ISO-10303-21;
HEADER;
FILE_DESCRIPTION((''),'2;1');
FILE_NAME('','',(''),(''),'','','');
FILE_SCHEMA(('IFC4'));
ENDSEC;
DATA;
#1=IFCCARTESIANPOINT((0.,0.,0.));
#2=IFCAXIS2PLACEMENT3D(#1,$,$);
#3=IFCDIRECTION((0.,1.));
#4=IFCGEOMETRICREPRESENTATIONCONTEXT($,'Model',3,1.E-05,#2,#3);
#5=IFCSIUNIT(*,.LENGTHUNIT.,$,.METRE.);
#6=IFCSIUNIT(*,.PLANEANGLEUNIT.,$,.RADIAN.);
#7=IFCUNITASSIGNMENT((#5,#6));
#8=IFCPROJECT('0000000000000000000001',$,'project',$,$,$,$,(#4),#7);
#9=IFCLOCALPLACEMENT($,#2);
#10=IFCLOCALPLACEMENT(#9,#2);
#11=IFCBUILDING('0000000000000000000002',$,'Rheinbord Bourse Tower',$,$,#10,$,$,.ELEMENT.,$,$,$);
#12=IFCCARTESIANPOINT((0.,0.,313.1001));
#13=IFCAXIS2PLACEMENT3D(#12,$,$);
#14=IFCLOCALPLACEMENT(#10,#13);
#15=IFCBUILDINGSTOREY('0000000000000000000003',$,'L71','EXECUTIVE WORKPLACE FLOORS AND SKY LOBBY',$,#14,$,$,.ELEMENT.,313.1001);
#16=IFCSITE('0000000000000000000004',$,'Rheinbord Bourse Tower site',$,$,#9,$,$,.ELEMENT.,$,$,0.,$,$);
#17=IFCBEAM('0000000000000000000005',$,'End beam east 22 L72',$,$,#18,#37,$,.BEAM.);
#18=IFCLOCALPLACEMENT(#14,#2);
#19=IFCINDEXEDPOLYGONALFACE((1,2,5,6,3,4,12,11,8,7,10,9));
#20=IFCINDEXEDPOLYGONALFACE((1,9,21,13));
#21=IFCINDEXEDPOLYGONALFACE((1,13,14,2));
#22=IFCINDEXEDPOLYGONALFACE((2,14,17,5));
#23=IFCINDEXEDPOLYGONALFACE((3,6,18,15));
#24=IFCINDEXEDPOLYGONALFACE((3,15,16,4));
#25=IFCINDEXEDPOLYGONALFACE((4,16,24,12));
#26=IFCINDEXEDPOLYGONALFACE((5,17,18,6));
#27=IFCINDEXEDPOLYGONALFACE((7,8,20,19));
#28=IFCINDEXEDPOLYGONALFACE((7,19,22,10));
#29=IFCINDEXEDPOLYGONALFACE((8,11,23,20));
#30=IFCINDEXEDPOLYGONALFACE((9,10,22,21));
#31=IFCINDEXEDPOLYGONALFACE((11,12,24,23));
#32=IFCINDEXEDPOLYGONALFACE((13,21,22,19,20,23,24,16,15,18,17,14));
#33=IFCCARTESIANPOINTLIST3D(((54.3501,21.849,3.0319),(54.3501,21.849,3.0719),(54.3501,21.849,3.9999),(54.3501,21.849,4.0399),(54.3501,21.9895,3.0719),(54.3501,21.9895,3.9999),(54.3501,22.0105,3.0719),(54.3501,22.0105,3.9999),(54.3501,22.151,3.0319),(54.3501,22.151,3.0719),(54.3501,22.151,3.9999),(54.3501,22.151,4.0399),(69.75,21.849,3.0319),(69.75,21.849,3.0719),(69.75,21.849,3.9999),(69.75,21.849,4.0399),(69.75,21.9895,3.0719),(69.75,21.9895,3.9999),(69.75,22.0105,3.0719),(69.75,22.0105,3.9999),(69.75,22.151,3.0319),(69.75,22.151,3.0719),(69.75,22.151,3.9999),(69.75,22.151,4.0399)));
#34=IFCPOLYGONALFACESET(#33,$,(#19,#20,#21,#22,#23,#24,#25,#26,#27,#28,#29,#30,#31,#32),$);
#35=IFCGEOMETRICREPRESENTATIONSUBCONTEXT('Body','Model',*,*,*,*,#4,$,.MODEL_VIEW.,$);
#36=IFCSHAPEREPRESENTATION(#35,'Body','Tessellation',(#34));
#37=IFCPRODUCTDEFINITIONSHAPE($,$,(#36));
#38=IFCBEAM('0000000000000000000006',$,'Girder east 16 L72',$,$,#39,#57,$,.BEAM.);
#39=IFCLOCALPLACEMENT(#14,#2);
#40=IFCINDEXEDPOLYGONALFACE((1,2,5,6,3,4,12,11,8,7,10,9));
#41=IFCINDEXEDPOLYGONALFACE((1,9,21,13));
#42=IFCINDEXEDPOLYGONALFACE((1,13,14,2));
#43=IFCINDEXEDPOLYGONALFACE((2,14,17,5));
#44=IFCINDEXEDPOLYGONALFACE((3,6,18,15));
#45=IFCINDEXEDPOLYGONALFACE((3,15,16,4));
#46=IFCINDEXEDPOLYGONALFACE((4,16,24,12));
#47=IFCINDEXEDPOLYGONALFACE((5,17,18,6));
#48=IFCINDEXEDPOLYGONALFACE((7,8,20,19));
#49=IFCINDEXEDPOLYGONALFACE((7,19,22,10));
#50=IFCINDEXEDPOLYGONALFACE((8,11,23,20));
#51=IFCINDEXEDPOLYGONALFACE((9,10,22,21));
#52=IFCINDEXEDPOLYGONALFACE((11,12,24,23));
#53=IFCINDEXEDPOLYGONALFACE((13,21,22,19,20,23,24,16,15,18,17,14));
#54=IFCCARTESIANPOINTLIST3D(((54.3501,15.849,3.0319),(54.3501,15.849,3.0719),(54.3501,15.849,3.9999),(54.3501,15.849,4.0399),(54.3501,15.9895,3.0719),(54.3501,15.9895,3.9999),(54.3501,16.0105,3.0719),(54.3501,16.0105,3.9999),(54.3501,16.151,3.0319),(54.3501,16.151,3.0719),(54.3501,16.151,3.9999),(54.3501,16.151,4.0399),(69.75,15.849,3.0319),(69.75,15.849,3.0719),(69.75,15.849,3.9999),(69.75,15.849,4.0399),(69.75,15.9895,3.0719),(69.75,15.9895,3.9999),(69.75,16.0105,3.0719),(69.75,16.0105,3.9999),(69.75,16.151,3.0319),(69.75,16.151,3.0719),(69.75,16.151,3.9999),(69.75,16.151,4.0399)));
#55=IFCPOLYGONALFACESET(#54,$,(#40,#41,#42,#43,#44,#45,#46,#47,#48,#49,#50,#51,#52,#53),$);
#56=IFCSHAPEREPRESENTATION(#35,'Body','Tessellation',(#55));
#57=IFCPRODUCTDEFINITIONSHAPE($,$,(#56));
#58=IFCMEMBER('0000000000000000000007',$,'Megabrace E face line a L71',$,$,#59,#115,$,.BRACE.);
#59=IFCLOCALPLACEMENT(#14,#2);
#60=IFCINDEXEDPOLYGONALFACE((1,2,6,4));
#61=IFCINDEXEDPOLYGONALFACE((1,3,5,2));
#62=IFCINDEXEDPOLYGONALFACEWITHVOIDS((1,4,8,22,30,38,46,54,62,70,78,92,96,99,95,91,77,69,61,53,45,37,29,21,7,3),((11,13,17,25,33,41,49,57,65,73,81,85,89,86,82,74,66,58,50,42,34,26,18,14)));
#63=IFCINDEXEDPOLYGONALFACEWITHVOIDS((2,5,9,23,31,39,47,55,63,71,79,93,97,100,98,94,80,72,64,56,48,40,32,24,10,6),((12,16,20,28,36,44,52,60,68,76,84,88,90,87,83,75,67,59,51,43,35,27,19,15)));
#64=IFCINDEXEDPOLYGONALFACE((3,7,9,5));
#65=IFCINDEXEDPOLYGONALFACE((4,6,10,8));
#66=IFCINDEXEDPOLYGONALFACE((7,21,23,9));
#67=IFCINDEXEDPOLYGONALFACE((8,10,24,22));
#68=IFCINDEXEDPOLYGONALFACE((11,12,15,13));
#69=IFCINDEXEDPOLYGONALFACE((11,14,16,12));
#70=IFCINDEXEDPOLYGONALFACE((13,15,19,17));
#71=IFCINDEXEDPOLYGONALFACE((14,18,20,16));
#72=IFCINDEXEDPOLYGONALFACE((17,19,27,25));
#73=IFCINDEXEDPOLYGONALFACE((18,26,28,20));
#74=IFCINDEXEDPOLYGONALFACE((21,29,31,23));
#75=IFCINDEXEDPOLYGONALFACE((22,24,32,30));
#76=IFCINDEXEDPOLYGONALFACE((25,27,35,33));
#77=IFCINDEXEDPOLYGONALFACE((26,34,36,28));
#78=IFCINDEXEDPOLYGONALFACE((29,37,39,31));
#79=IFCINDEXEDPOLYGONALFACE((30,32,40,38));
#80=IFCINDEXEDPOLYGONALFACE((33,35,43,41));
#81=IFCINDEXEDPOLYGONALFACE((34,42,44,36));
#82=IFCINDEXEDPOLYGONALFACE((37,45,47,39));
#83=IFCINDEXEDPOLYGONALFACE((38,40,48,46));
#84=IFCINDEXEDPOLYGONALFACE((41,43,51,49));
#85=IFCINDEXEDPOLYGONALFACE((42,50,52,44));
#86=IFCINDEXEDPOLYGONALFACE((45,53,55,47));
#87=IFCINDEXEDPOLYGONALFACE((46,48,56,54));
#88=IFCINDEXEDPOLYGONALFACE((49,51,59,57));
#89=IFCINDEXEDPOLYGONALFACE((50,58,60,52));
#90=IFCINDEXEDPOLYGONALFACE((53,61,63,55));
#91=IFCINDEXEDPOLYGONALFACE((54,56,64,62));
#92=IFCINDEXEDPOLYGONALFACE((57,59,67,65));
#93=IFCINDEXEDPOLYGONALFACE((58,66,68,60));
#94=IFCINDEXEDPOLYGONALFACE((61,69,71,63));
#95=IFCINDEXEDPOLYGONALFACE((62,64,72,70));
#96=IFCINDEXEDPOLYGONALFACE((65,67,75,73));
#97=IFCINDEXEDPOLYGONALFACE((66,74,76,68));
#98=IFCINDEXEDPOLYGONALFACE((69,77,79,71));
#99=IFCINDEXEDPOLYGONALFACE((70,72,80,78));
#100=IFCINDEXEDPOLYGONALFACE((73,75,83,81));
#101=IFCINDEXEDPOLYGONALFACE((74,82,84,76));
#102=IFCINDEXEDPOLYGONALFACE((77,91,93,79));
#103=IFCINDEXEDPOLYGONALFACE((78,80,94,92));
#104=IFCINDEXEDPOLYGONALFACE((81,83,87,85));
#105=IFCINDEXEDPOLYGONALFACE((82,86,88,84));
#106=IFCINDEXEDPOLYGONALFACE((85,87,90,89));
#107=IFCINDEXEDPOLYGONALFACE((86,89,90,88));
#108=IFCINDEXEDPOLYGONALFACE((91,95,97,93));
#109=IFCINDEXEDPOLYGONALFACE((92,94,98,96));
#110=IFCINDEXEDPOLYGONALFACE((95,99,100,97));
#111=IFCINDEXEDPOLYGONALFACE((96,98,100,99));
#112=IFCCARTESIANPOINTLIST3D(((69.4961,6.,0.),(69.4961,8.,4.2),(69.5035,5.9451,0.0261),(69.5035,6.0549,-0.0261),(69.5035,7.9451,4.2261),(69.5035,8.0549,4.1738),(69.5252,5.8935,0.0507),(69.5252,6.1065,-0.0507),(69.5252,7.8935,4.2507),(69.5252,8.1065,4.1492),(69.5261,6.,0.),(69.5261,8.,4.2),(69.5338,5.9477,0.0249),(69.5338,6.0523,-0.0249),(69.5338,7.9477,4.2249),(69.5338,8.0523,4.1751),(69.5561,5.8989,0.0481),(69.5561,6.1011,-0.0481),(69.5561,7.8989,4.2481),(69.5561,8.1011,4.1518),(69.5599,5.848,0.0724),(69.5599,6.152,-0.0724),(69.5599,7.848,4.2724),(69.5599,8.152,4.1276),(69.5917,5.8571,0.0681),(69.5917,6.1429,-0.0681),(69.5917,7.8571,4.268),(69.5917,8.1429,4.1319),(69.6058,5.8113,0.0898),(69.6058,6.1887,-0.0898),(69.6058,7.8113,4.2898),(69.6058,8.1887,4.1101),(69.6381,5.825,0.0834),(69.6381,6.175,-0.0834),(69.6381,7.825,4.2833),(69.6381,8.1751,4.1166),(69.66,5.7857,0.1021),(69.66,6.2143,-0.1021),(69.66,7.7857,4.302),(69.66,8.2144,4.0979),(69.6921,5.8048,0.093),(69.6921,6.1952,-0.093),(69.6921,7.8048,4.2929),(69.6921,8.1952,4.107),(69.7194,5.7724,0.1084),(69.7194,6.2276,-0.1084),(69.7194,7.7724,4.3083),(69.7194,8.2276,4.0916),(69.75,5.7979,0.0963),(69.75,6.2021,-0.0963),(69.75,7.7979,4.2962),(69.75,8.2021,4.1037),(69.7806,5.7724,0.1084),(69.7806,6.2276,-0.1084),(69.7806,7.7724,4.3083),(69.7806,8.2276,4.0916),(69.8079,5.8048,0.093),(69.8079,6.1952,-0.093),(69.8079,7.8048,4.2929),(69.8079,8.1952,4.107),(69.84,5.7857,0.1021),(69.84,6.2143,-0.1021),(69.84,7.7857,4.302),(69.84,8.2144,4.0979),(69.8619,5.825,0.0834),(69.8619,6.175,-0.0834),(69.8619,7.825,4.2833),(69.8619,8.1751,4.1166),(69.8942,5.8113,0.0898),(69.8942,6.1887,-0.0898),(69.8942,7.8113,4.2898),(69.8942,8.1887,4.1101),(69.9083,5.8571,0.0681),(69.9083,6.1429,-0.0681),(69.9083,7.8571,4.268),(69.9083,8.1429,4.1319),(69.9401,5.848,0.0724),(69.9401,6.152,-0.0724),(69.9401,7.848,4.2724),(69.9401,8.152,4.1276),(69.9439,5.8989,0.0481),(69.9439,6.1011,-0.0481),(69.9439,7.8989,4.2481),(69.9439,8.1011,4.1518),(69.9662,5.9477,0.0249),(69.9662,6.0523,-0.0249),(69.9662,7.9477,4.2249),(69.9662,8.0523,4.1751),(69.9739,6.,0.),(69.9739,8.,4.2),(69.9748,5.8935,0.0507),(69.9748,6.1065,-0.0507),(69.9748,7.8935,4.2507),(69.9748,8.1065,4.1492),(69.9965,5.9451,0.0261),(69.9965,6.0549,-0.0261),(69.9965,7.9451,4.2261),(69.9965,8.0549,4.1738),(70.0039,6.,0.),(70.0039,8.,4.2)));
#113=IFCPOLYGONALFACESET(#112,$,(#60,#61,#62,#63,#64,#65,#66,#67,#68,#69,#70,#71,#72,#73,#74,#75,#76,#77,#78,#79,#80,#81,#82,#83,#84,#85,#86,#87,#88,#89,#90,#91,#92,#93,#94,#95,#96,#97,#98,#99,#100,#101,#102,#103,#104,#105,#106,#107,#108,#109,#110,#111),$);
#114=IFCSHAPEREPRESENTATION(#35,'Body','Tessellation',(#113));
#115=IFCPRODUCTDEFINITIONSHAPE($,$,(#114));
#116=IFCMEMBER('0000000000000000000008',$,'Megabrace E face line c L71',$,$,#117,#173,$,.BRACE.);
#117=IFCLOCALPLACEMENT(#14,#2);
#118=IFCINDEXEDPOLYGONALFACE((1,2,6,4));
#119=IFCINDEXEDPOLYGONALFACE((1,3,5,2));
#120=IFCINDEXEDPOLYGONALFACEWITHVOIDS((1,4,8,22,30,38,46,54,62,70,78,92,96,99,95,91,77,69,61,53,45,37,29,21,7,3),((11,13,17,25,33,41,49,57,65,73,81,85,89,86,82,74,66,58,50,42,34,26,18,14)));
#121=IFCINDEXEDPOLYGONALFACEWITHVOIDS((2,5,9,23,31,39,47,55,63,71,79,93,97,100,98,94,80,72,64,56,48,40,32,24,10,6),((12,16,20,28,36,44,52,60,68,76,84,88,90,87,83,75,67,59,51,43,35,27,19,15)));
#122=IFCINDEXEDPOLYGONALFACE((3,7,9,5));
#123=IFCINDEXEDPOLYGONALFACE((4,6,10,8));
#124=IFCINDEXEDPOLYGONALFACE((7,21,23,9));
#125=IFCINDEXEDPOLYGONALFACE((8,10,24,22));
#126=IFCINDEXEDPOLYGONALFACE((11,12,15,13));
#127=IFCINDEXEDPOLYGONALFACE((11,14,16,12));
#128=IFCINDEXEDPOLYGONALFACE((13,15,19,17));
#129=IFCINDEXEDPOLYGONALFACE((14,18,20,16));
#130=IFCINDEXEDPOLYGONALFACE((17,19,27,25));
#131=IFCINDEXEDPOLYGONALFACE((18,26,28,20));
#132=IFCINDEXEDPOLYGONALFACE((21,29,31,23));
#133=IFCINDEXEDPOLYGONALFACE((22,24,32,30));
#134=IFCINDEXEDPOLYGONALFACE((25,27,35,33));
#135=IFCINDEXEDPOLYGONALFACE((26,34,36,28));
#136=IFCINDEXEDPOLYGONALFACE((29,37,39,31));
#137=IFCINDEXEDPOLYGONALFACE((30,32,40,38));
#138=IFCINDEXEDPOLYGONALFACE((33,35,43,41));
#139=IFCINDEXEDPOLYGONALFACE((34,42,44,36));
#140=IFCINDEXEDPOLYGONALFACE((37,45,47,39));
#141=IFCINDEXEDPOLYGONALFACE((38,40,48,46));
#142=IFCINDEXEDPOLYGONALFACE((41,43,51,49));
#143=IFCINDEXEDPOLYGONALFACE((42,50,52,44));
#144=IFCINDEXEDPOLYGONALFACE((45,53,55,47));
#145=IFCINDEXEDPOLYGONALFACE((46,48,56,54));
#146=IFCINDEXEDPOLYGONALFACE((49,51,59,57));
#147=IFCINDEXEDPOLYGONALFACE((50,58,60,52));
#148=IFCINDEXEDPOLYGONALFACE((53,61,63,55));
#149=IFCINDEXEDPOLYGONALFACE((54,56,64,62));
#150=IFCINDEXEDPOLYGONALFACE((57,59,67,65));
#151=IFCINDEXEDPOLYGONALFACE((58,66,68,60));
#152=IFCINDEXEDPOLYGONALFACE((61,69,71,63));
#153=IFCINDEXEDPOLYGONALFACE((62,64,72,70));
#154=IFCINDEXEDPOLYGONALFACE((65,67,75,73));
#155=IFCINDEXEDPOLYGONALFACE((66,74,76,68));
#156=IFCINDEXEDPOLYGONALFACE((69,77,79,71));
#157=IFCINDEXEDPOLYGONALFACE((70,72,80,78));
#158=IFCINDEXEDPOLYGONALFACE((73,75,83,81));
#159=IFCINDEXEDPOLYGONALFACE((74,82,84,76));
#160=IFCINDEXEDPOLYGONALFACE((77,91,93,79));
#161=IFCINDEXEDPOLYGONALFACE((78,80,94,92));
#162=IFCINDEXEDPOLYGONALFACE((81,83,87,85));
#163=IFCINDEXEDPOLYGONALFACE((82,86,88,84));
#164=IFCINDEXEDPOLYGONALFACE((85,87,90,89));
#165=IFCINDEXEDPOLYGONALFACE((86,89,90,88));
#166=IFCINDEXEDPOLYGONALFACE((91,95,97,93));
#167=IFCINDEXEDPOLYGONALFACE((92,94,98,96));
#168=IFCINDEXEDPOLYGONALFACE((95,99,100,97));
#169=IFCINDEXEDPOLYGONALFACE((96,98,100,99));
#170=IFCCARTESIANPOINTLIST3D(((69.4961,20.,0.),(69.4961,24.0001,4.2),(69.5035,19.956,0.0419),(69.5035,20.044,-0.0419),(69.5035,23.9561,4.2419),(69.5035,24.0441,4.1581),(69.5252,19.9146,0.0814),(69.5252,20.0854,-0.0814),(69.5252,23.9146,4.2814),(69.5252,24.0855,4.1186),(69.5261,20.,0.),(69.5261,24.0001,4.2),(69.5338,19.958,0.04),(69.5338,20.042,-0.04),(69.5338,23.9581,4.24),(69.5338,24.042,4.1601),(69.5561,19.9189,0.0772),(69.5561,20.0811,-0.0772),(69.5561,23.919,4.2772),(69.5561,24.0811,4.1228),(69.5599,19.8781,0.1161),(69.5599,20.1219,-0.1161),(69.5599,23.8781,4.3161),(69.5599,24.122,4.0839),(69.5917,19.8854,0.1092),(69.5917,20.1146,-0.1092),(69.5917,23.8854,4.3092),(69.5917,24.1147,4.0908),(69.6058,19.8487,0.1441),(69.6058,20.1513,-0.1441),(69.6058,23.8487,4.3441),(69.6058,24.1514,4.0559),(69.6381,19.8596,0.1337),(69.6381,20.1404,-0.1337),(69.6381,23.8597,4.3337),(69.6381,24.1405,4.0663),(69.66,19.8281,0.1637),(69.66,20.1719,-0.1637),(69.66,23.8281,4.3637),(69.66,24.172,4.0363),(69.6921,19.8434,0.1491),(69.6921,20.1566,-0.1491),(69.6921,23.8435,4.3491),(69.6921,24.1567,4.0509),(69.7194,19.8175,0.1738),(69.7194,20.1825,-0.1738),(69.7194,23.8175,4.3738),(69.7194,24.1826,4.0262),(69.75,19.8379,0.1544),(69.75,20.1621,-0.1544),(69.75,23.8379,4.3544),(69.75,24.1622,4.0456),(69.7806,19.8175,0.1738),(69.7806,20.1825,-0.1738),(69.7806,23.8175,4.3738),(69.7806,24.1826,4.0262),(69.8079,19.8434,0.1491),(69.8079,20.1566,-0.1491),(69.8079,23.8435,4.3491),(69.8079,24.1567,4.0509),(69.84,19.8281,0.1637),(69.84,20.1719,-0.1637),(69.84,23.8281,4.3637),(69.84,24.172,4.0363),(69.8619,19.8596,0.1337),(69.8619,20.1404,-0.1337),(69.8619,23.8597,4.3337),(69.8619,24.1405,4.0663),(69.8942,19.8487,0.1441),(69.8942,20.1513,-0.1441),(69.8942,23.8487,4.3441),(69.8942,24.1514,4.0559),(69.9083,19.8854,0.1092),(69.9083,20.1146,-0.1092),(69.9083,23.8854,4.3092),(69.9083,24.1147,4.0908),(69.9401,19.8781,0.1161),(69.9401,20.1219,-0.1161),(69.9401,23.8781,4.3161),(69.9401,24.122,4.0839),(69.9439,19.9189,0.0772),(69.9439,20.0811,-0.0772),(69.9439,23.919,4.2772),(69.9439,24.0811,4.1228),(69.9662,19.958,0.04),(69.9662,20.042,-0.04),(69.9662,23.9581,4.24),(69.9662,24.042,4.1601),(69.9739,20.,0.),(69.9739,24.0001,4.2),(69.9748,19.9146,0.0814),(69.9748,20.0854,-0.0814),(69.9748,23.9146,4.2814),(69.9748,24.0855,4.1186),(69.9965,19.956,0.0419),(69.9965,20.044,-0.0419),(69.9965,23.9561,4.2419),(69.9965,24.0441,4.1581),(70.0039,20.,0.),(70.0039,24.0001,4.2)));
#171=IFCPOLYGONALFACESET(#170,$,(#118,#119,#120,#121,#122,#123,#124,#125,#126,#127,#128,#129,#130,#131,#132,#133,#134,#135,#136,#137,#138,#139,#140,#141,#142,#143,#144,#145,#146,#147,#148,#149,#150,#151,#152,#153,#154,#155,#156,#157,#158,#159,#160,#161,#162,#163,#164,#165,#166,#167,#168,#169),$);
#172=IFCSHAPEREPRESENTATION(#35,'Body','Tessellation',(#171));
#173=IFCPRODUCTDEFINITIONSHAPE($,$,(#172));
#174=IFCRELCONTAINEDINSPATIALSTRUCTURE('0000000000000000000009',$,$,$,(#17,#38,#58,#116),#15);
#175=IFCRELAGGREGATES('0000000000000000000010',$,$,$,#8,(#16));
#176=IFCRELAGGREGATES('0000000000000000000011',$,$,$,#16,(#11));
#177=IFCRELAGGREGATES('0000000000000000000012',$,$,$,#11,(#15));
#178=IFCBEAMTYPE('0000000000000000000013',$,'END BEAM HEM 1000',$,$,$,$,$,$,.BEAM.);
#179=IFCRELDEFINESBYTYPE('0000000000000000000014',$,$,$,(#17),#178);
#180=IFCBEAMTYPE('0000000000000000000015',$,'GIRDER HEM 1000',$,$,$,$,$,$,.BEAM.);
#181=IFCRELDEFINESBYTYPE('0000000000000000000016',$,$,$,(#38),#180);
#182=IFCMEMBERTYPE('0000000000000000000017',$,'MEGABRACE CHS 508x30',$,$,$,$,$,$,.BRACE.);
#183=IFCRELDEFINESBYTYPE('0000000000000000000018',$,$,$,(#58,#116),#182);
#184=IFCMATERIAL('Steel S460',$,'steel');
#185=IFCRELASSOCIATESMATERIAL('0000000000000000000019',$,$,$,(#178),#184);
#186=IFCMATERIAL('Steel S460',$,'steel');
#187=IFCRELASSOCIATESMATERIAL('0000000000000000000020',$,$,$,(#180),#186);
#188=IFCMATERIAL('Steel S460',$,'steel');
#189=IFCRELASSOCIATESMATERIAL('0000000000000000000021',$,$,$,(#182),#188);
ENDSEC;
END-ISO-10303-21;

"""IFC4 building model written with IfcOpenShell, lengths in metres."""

from ifc_helpers import new_model, si_unit, direction, frame, origin, origin_2d, place, context, subcontext, project, spatial, hollow_circle, i_section, extrude, material, material_profile, profile_set, type_object, element, save


model = new_model("IFC4")

# Units and contexts
model_context = context("Model", 3, precision=1e-05, world=origin(), true_north=direction((0.0, 1.0)))
body_context = subcontext(model_context, "Body", "Model", "MODEL_VIEW")
ifc_project = project(units=[si_unit("LENGTHUNIT", "METRE"), si_unit("PLANEANGLEUNIT", "RADIAN")], contexts=[model_context])

# Site, building, storey
site_placement = place(None, origin())
site = spatial("IfcSite", under=ifc_project, at=site_placement, Name="Rheinbord Bourse Tower site", CompositionType="ELEMENT", RefElevation=0.0)
building_placement = place(site_placement, origin())
building = spatial("IfcBuilding", under=site, at=building_placement, Name="Rheinbord Bourse Tower", CompositionType="ELEMENT")
storey_placement = place(building_placement, frame((0.0, 0.0, 313.1001)))
storey = spatial("IfcBuildingStorey", under=building, at=storey_placement, Name="L71", Description="EXECUTIVE WORKPLACE FLOORS AND SKY LOBBY", CompositionType="ELEMENT", Elevation=313.1001)

# Beams
ifc_material_1 = material(Name="Steel S460", Category="steel")
ifc_material_profile_1 = material_profile(ifc_material_1, i_section(OverallWidth=0.302, OverallDepth=1.0081, WebThickness=0.021, FlangeThickness=0.04, at=origin_2d()), Name="HEM 1000")
ifc_profile_set_1 = profile_set([ifc_material_profile_1], Name="Steel S460")
beam_type_1 = type_object("IfcBeamType", Name="END BEAM HEM 1000", PredefinedType="BEAM", material=ifc_profile_set_1)
for number, where, z_axis, x_axis, name in (
    (1, (54.3501, 22.0, 3.5359), (1.0, 0.0, 0.0), (0.0, 1.0, 0.0), "End beam east 22 L72"),
):
    element("IfcBeam", number, at=place(storey_placement, frame(where, z_axis=z_axis, x_axis=x_axis)), inside=storey, type_object=beam_type_1, Name=name, PredefinedType="BEAM", context=body_context, shape_type="SweptSolid", body=[
        extrude(i_section(OverallWidth=0.302, OverallDepth=1.0081, WebThickness=0.021, FlangeThickness=0.04, at=origin_2d()), origin(), (0.0, 0.0, 1.0), 15.3999),
    ])
ifc_material_2 = material(Name="Steel S460", Category="steel")
ifc_material_profile_2 = material_profile(ifc_material_2, i_section(OverallWidth=0.302, OverallDepth=1.0081, WebThickness=0.021, FlangeThickness=0.04, at=origin_2d()), Name="HEM 1000")
ifc_profile_set_2 = profile_set([ifc_material_profile_2], Name="Steel S460")
beam_type_2 = type_object("IfcBeamType", Name="GIRDER HEM 1000", PredefinedType="BEAM", material=ifc_profile_set_2)
beam_1_placement = place(storey_placement, frame((54.3501, 16.0, 3.5359), z_axis=(1.0, 0.0, 0.0), x_axis=(0.0, 1.0, 0.0)))
element("IfcBeam", 2, at=beam_1_placement, inside=storey, type_object=beam_type_2, Name="Girder east 16 L72", PredefinedType="BEAM", context=body_context, shape_type="SweptSolid", body=[
    extrude(i_section(OverallWidth=0.302, OverallDepth=1.0081, WebThickness=0.021, FlangeThickness=0.04, at=origin_2d()), origin(), (0.0, 0.0, 1.0), 15.3999),
])

# Members
ifc_material_3 = material(Name="Steel S460", Category="steel")
ifc_material_profile_3 = material_profile(ifc_material_3, hollow_circle(Radius=0.2539, WallThickness=0.03, at=origin_2d()), Name="CHS 508x30")
ifc_profile_set_3 = profile_set([ifc_material_profile_3], Name="Steel S460")
member_type_1 = type_object("IfcMemberType", Name="MEGABRACE CHS 508x30", PredefinedType="BRACE", material=ifc_profile_set_3)
member_1_placement = place(storey_placement, frame((69.75, 6.0, 0.0), z_axis=(0.0, 0.429938, 0.902859), x_axis=(-1.0, 0.0, 0.0)))
element("IfcMember", 3, at=member_1_placement, inside=storey, type_object=member_type_1, Name="Megabrace E face line a L71", PredefinedType="BRACE", context=body_context, shape_type="SweptSolid", body=[
    extrude(hollow_circle(Radius=0.2539, WallThickness=0.03, at=origin_2d()), origin(), (0.0, 0.0, 1.0), 4.6519),
])
member_2_placement = place(storey_placement, frame((69.75, 20.0, 0.0), z_axis=(0.0, 0.689659, 0.724134), x_axis=(-1.0, 0.0, 0.0)))
element("IfcMember", 4, at=member_2_placement, inside=storey, type_object=member_type_1, Name="Megabrace E face line c L71", PredefinedType="BRACE", context=body_context, shape_type="SweptSolid", body=[
    extrude(hollow_circle(Radius=0.2539, WallThickness=0.03, at=origin_2d()), origin(), (0.0, 0.0, 1.0), 5.8),
])

save(model, "model.ifc")
